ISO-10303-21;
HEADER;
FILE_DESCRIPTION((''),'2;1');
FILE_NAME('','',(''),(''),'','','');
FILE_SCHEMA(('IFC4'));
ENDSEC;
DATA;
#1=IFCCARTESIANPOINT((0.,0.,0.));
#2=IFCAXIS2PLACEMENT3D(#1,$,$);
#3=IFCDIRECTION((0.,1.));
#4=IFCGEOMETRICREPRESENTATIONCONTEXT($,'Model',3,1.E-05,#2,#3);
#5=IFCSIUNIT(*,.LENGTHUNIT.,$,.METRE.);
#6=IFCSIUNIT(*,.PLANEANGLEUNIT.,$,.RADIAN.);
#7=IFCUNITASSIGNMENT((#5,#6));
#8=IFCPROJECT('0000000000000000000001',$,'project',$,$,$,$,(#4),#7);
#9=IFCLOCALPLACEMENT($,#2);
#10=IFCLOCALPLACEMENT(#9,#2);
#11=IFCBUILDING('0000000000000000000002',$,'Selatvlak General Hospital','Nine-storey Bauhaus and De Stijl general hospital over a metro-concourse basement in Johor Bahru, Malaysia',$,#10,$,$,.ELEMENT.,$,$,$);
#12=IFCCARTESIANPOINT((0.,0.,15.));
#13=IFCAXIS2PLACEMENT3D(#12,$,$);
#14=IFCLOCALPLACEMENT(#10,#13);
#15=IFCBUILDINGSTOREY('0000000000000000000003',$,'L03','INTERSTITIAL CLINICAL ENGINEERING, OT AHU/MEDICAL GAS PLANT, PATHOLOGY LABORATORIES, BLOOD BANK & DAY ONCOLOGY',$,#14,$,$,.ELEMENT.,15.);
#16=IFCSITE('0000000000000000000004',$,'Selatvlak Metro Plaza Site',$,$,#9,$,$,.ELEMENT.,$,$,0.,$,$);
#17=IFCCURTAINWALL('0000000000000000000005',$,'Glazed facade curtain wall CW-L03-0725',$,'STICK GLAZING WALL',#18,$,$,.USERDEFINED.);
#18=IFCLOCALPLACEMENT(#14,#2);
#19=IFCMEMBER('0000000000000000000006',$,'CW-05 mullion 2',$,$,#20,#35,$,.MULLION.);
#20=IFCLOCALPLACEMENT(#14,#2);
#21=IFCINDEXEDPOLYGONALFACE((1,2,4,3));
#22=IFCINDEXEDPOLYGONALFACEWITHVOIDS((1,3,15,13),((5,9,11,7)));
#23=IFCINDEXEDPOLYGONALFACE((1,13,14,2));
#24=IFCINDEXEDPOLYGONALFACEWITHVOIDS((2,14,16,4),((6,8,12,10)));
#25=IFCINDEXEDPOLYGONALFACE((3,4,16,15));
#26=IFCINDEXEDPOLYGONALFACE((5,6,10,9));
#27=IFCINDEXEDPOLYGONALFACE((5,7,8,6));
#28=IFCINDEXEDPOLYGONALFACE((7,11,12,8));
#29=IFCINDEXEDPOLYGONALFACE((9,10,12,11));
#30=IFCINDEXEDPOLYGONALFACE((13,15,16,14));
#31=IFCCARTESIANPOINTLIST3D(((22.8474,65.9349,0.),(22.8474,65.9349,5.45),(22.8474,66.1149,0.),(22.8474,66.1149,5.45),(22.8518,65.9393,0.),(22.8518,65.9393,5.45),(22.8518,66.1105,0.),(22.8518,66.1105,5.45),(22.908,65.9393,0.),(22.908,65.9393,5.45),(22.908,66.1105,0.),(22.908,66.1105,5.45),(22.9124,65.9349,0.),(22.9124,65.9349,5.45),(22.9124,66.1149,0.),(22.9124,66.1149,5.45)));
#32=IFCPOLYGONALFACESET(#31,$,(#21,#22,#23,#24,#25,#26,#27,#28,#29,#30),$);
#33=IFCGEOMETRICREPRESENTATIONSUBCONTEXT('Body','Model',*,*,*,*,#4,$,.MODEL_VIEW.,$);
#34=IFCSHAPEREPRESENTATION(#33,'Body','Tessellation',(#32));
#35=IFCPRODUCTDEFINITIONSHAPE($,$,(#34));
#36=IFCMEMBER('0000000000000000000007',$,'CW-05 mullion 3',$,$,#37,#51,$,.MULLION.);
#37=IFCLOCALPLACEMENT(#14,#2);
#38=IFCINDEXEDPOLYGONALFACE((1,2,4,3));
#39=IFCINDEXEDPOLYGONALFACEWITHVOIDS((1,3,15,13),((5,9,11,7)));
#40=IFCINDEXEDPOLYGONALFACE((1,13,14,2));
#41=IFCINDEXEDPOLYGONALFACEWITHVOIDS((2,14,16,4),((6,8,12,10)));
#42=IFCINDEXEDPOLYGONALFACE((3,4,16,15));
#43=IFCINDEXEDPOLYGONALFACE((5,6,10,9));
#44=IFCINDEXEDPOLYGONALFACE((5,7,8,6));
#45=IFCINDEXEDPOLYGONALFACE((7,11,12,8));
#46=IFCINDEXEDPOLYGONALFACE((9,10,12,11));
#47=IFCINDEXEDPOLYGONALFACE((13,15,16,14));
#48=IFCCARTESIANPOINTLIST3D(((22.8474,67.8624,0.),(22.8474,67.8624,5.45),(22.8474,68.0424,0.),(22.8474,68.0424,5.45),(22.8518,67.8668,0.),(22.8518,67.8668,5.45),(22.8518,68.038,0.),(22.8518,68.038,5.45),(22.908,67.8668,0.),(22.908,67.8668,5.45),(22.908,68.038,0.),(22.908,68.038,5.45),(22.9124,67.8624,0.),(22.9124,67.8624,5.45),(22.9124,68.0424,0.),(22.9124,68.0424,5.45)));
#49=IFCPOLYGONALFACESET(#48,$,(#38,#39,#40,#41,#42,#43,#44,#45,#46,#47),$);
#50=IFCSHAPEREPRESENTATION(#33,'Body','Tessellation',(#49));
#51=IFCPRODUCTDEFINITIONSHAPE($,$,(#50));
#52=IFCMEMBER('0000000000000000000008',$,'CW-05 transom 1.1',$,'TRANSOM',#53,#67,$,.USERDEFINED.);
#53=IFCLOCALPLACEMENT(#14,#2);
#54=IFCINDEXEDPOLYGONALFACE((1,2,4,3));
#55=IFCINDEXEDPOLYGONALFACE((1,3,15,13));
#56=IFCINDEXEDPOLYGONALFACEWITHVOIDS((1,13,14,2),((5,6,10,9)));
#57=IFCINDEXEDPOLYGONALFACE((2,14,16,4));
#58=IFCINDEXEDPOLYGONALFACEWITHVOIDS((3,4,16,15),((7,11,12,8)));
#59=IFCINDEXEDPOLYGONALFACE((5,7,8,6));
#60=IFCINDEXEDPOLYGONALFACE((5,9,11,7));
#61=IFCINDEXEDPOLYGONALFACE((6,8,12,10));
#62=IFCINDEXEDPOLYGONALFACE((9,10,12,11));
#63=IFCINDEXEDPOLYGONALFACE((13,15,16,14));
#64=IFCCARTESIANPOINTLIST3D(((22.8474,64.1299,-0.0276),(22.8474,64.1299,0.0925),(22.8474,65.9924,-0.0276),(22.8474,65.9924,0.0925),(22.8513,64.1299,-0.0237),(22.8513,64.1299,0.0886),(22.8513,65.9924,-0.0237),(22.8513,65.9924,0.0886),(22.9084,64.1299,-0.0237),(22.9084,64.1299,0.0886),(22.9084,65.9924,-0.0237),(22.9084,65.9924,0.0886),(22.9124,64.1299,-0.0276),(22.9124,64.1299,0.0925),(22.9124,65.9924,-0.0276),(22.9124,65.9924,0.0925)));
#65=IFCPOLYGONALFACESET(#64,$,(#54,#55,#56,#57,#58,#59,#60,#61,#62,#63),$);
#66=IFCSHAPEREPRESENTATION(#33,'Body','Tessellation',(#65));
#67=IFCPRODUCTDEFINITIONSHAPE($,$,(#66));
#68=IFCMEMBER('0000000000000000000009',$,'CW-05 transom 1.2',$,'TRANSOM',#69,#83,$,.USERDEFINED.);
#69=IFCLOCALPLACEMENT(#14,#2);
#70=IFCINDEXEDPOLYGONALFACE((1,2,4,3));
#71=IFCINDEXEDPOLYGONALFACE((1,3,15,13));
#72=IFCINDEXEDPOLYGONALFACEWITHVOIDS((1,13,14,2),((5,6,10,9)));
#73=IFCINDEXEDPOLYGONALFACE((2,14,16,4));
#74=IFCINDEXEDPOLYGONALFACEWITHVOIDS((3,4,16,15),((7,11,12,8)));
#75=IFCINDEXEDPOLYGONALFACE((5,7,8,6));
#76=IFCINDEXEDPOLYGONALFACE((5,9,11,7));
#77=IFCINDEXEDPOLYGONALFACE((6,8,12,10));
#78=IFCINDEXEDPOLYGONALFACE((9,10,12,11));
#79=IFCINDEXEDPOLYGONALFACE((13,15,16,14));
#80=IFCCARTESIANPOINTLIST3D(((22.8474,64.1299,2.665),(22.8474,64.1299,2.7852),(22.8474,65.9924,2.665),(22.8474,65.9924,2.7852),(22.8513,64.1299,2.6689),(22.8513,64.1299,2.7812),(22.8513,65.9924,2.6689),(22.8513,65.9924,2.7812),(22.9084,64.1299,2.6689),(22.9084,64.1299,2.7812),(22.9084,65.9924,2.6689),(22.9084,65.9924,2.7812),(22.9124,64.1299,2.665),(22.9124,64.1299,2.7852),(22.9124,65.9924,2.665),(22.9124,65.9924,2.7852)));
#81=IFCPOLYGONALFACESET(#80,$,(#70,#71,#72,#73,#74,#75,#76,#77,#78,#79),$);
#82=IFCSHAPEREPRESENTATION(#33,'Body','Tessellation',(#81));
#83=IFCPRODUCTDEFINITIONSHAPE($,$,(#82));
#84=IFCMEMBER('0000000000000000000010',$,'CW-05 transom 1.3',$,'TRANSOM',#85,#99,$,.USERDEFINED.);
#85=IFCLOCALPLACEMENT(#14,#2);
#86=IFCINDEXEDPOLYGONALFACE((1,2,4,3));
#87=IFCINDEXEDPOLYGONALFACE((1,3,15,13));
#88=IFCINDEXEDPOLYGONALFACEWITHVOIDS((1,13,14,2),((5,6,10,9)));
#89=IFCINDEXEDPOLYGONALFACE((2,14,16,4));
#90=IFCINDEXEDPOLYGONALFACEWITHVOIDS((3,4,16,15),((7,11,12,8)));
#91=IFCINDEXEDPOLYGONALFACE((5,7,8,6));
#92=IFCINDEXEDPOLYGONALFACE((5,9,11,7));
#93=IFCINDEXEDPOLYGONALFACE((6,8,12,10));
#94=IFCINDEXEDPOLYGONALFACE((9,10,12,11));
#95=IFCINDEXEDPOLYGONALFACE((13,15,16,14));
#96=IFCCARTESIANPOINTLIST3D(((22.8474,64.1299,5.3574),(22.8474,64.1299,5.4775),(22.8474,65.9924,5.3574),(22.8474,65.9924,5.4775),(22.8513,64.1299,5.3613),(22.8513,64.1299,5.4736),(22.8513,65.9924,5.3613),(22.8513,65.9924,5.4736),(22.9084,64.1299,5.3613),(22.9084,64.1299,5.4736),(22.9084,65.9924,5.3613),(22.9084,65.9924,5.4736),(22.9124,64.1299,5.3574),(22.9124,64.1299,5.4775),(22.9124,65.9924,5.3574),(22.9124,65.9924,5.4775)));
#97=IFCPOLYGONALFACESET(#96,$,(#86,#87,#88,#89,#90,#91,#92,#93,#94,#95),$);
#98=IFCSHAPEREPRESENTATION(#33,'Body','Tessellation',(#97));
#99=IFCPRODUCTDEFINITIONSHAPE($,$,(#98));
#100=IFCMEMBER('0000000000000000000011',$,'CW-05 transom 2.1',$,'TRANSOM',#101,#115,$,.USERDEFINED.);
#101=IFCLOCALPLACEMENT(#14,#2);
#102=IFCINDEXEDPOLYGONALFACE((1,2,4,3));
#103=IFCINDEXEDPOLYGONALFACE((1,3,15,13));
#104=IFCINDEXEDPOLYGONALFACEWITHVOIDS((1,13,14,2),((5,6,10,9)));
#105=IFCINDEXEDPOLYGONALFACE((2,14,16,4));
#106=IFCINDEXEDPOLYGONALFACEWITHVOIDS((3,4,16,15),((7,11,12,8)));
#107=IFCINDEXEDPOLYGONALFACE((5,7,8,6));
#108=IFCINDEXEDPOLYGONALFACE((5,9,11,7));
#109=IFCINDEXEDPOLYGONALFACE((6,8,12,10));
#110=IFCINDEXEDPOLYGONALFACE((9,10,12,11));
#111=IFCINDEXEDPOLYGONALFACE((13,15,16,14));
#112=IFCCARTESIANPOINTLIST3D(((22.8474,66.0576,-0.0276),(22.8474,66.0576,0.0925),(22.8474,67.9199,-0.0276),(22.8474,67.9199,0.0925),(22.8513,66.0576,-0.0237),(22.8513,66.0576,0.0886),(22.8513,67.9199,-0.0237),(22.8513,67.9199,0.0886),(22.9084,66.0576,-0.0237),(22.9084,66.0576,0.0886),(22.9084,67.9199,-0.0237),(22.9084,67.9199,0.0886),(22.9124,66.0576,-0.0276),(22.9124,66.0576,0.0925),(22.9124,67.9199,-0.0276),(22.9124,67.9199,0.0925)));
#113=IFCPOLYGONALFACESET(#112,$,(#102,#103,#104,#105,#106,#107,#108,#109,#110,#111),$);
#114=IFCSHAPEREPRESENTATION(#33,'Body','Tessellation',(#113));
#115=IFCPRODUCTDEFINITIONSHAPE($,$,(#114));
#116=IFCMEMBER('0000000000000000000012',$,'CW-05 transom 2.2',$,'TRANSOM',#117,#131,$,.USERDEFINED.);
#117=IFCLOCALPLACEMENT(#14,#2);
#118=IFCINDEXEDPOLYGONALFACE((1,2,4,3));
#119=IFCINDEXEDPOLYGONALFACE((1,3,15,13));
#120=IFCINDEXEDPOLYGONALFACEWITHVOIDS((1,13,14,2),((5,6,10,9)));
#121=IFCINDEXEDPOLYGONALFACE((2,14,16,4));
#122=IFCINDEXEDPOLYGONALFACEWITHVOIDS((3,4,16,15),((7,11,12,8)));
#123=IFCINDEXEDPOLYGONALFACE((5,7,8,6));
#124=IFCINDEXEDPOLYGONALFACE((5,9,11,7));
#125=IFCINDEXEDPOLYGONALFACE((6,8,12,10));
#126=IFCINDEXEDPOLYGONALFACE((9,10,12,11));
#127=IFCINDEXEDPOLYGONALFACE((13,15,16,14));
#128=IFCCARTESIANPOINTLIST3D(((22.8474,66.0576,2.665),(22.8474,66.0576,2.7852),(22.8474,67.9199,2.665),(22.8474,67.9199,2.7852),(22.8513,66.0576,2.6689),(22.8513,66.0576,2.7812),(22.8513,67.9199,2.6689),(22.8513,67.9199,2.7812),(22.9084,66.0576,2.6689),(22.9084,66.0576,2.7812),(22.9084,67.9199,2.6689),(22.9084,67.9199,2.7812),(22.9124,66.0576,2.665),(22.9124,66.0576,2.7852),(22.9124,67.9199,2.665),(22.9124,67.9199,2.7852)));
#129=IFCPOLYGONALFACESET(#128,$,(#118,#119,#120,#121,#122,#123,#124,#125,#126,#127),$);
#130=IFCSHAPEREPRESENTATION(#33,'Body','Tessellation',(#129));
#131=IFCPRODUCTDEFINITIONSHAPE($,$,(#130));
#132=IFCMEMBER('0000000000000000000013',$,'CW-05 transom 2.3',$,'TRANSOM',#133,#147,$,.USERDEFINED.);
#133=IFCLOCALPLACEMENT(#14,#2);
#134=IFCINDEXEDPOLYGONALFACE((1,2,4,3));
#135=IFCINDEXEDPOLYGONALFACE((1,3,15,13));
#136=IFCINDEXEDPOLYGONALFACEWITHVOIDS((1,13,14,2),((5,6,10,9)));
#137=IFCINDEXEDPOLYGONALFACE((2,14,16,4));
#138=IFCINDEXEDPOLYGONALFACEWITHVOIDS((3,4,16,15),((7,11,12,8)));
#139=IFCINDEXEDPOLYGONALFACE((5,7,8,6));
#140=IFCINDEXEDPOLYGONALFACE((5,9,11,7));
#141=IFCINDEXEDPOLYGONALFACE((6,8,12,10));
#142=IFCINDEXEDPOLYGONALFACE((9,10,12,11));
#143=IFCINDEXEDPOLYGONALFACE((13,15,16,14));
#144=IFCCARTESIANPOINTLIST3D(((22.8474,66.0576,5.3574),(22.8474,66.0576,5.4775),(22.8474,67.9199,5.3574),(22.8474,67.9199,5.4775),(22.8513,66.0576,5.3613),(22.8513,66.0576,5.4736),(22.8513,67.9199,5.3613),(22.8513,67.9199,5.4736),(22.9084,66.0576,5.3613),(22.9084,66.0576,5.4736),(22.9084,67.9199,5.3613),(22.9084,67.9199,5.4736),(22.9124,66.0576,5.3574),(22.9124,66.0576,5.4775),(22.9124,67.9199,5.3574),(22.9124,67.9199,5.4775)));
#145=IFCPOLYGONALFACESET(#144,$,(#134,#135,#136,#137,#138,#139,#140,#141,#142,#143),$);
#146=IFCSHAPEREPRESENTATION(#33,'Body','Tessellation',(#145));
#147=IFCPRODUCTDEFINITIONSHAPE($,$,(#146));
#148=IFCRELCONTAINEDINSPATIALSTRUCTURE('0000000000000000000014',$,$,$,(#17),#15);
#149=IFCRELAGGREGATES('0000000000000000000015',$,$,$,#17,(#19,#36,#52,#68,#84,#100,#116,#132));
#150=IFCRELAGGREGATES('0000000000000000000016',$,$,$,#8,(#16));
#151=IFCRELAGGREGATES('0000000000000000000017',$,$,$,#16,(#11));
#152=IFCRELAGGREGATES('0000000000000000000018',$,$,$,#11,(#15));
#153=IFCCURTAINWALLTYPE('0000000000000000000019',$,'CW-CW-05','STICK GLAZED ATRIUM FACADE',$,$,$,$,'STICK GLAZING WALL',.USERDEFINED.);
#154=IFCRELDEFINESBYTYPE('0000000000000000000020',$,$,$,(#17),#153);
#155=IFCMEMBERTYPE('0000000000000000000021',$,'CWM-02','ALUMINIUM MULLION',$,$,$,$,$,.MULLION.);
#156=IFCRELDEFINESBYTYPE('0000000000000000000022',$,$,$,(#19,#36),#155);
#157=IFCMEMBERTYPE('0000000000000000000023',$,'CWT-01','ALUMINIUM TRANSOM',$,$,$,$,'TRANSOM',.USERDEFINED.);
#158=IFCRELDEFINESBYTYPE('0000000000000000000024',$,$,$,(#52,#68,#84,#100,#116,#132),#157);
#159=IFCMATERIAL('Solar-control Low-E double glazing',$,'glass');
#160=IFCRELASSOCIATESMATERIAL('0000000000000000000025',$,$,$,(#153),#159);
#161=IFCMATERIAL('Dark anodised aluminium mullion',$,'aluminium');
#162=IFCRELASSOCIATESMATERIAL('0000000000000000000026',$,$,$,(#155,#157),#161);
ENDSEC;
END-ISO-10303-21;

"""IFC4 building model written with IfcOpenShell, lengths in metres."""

from ifc_helpers import new_model, si_unit, direction, frame, origin, origin_2d, place, context, subcontext, project, spatial, hollow_rectangle, extrude, material, material_profile, profile_set, type_object, element, aggregate, save


model = new_model("IFC4")

# Units and contexts
model_context = context("Model", 3, precision=1e-05, world=origin(), true_north=direction((0.0, 1.0)))
body_context = subcontext(model_context, "Body", "Model", "MODEL_VIEW")
ifc_project = project(units=[si_unit("LENGTHUNIT", "METRE"), si_unit("PLANEANGLEUNIT", "RADIAN")], contexts=[model_context])

# Site, building, storey
site_placement = place(None, origin())
site = spatial("IfcSite", under=ifc_project, at=site_placement, Name="Selatvlak Metro Plaza Site", CompositionType="ELEMENT", RefElevation=0.0)
building_placement = place(site_placement, origin())
building = spatial("IfcBuilding", under=site, at=building_placement, Name="Selatvlak General Hospital", Description="Nine-storey Bauhaus and De Stijl general hospital over a metro-concourse basement in Johor Bahru, Malaysia", CompositionType="ELEMENT")
storey_placement = place(building_placement, frame((0.0, 0.0, 15.0)))
storey = spatial("IfcBuildingStorey", under=building, at=storey_placement, Name="L03", Description="INTERSTITIAL CLINICAL ENGINEERING, OT AHU/MEDICAL GAS PLANT, PATHOLOGY LABORATORIES, BLOOD BANK & DAY ONCOLOGY", CompositionType="ELEMENT", Elevation=15.0)

# Shared definitions
ifc_material_1 = material(Name="Solar-control Low-E double glazing", Category="glass")
curtain_wall_type = type_object("IfcCurtainWallType", Name="CW-CW-05", Description="STICK GLAZED ATRIUM FACADE", ElementType="STICK GLAZING WALL", PredefinedType="USERDEFINED", material=ifc_material_1)
ifc_material_2 = material(Name="Dark anodised aluminium mullion", Category="aluminium")
ifc_material_profile_1 = material_profile(ifc_material_2, hollow_rectangle(XDim=0.0649, YDim=0.1799, WallThickness=0.0044, at=origin_2d()), Name="AL-MUL 65x180x4.5")
ifc_profile_set_1 = profile_set([ifc_material_profile_1], Name="Dark anodised aluminium mullion")
member_type_1 = type_object("IfcMemberType", Name="CWM-02", Description="ALUMINIUM MULLION", PredefinedType="MULLION", material=ifc_profile_set_1)

# Curtain wall, members
curtain_wall_1_placement = place(storey_placement, origin())
curtain_wall_1 = element("IfcCurtainWall", 1, at=curtain_wall_1_placement, inside=storey, type_object=curtain_wall_type, Name="Glazed facade curtain wall CW-L03-0725", ObjectType="STICK GLAZING WALL", PredefinedType="USERDEFINED")
member_1_placement = place(storey_placement, frame((22.8799, 66.0249, 0.0), z_axis=(0.0, 0.0, 1.0), x_axis=(-1.0, 0.0, 0.0)))
member_1 = element("IfcMember", 2, at=member_1_placement, type_object=member_type_1, Name="CW-05 mullion 2", PredefinedType="MULLION", context=body_context, shape_type="SweptSolid", body=[
    extrude(hollow_rectangle(XDim=0.0649, YDim=0.1799, WallThickness=0.0044, at=origin_2d()), origin(), (0.0, 0.0, 1.0), 5.45),
])
member_2_placement = place(storey_placement, frame((22.8799, 67.9524, 0.0), z_axis=(0.0, 0.0, 1.0), x_axis=(-1.0, 0.0, 0.0)))
member_2 = element("IfcMember", 3, at=member_2_placement, type_object=member_type_1, Name="CW-05 mullion 3", PredefinedType="MULLION", context=body_context, shape_type="SweptSolid", body=[
    extrude(hollow_rectangle(XDim=0.0649, YDim=0.1799, WallThickness=0.0044, at=origin_2d()), origin(), (0.0, 0.0, 1.0), 5.45),
])
ifc_material_profile_2 = material_profile(ifc_material_2, hollow_rectangle(XDim=0.0649, YDim=0.1201, WallThickness=0.0039, at=origin_2d()), Name="AL-TRN 65x120x4")
ifc_profile_set_2 = profile_set([ifc_material_profile_2], Name="Dark anodised aluminium mullion")
member_type_2 = type_object("IfcMemberType", Name="CWT-01", Description="ALUMINIUM TRANSOM", ElementType="TRANSOM", PredefinedType="USERDEFINED", material=ifc_profile_set_2)
member_3_placement = place(storey_placement, frame((22.8799, 64.1299, 0.0325), z_axis=(0.0, 1.0, 0.0), x_axis=(-1.0, 0.0, 0.0)))
member_3 = element("IfcMember", 4, at=member_3_placement, type_object=member_type_2, Name="CW-05 transom 1.1", ObjectType="TRANSOM", PredefinedType="USERDEFINED", context=body_context, shape_type="SweptSolid", body=[
    extrude(hollow_rectangle(XDim=0.0649, YDim=0.1201, WallThickness=0.0039, at=origin_2d()), origin(), (0.0, 0.0, 1.0), 1.8625),
])
member_4_placement = place(storey_placement, frame((22.8799, 64.1299, 2.7251), z_axis=(0.0, 1.0, 0.0), x_axis=(-1.0, 0.0, 0.0)))
member_4 = element("IfcMember", 5, at=member_4_placement, type_object=member_type_2, Name="CW-05 transom 1.2", ObjectType="TRANSOM", PredefinedType="USERDEFINED", context=body_context, shape_type="SweptSolid", body=[
    extrude(hollow_rectangle(XDim=0.0649, YDim=0.1201, WallThickness=0.0039, at=origin_2d()), origin(), (0.0, 0.0, 1.0), 1.8625),
])
member_5_placement = place(storey_placement, frame((22.8799, 64.1299, 5.4175), z_axis=(0.0, 1.0, 0.0), x_axis=(-1.0, 0.0, 0.0)))
member_5 = element("IfcMember", 6, at=member_5_placement, type_object=member_type_2, Name="CW-05 transom 1.3", ObjectType="TRANSOM", PredefinedType="USERDEFINED", context=body_context, shape_type="SweptSolid", body=[
    extrude(hollow_rectangle(XDim=0.0649, YDim=0.1201, WallThickness=0.0039, at=origin_2d()), origin(), (0.0, 0.0, 1.0), 1.8625),
])
member_6_placement = place(storey_placement, frame((22.8799, 66.0576, 0.0325), z_axis=(0.0, 1.0, 0.0), x_axis=(-1.0, 0.0, 0.0)))
member_6 = element("IfcMember", 7, at=member_6_placement, type_object=member_type_2, Name="CW-05 transom 2.1", ObjectType="TRANSOM", PredefinedType="USERDEFINED", context=body_context, shape_type="SweptSolid", body=[
    extrude(hollow_rectangle(XDim=0.0649, YDim=0.1201, WallThickness=0.0039, at=origin_2d()), origin(), (0.0, 0.0, 1.0), 1.8623),
])
member_7_placement = place(storey_placement, frame((22.8799, 66.0576, 2.7251), z_axis=(0.0, 1.0, 0.0), x_axis=(-1.0, 0.0, 0.0)))
member_7 = element("IfcMember", 8, at=member_7_placement, type_object=member_type_2, Name="CW-05 transom 2.2", ObjectType="TRANSOM", PredefinedType="USERDEFINED", context=body_context, shape_type="SweptSolid", body=[
    extrude(hollow_rectangle(XDim=0.0649, YDim=0.1201, WallThickness=0.0039, at=origin_2d()), origin(), (0.0, 0.0, 1.0), 1.8623),
])
member_8_placement = place(storey_placement, frame((22.8799, 66.0576, 5.4175), z_axis=(0.0, 1.0, 0.0), x_axis=(-1.0, 0.0, 0.0)))
member_8 = element("IfcMember", 9, at=member_8_placement, type_object=member_type_2, Name="CW-05 transom 2.3", ObjectType="TRANSOM", PredefinedType="USERDEFINED", context=body_context, shape_type="SweptSolid", body=[
    extrude(hollow_rectangle(XDim=0.0649, YDim=0.1201, WallThickness=0.0039, at=origin_2d()), origin(), (0.0, 0.0, 1.0), 1.8623),
])

aggregate(curtain_wall_1, [member_1, member_2, member_3, member_4, member_5, member_6, member_7, member_8])

save(model, "model.ifc")
